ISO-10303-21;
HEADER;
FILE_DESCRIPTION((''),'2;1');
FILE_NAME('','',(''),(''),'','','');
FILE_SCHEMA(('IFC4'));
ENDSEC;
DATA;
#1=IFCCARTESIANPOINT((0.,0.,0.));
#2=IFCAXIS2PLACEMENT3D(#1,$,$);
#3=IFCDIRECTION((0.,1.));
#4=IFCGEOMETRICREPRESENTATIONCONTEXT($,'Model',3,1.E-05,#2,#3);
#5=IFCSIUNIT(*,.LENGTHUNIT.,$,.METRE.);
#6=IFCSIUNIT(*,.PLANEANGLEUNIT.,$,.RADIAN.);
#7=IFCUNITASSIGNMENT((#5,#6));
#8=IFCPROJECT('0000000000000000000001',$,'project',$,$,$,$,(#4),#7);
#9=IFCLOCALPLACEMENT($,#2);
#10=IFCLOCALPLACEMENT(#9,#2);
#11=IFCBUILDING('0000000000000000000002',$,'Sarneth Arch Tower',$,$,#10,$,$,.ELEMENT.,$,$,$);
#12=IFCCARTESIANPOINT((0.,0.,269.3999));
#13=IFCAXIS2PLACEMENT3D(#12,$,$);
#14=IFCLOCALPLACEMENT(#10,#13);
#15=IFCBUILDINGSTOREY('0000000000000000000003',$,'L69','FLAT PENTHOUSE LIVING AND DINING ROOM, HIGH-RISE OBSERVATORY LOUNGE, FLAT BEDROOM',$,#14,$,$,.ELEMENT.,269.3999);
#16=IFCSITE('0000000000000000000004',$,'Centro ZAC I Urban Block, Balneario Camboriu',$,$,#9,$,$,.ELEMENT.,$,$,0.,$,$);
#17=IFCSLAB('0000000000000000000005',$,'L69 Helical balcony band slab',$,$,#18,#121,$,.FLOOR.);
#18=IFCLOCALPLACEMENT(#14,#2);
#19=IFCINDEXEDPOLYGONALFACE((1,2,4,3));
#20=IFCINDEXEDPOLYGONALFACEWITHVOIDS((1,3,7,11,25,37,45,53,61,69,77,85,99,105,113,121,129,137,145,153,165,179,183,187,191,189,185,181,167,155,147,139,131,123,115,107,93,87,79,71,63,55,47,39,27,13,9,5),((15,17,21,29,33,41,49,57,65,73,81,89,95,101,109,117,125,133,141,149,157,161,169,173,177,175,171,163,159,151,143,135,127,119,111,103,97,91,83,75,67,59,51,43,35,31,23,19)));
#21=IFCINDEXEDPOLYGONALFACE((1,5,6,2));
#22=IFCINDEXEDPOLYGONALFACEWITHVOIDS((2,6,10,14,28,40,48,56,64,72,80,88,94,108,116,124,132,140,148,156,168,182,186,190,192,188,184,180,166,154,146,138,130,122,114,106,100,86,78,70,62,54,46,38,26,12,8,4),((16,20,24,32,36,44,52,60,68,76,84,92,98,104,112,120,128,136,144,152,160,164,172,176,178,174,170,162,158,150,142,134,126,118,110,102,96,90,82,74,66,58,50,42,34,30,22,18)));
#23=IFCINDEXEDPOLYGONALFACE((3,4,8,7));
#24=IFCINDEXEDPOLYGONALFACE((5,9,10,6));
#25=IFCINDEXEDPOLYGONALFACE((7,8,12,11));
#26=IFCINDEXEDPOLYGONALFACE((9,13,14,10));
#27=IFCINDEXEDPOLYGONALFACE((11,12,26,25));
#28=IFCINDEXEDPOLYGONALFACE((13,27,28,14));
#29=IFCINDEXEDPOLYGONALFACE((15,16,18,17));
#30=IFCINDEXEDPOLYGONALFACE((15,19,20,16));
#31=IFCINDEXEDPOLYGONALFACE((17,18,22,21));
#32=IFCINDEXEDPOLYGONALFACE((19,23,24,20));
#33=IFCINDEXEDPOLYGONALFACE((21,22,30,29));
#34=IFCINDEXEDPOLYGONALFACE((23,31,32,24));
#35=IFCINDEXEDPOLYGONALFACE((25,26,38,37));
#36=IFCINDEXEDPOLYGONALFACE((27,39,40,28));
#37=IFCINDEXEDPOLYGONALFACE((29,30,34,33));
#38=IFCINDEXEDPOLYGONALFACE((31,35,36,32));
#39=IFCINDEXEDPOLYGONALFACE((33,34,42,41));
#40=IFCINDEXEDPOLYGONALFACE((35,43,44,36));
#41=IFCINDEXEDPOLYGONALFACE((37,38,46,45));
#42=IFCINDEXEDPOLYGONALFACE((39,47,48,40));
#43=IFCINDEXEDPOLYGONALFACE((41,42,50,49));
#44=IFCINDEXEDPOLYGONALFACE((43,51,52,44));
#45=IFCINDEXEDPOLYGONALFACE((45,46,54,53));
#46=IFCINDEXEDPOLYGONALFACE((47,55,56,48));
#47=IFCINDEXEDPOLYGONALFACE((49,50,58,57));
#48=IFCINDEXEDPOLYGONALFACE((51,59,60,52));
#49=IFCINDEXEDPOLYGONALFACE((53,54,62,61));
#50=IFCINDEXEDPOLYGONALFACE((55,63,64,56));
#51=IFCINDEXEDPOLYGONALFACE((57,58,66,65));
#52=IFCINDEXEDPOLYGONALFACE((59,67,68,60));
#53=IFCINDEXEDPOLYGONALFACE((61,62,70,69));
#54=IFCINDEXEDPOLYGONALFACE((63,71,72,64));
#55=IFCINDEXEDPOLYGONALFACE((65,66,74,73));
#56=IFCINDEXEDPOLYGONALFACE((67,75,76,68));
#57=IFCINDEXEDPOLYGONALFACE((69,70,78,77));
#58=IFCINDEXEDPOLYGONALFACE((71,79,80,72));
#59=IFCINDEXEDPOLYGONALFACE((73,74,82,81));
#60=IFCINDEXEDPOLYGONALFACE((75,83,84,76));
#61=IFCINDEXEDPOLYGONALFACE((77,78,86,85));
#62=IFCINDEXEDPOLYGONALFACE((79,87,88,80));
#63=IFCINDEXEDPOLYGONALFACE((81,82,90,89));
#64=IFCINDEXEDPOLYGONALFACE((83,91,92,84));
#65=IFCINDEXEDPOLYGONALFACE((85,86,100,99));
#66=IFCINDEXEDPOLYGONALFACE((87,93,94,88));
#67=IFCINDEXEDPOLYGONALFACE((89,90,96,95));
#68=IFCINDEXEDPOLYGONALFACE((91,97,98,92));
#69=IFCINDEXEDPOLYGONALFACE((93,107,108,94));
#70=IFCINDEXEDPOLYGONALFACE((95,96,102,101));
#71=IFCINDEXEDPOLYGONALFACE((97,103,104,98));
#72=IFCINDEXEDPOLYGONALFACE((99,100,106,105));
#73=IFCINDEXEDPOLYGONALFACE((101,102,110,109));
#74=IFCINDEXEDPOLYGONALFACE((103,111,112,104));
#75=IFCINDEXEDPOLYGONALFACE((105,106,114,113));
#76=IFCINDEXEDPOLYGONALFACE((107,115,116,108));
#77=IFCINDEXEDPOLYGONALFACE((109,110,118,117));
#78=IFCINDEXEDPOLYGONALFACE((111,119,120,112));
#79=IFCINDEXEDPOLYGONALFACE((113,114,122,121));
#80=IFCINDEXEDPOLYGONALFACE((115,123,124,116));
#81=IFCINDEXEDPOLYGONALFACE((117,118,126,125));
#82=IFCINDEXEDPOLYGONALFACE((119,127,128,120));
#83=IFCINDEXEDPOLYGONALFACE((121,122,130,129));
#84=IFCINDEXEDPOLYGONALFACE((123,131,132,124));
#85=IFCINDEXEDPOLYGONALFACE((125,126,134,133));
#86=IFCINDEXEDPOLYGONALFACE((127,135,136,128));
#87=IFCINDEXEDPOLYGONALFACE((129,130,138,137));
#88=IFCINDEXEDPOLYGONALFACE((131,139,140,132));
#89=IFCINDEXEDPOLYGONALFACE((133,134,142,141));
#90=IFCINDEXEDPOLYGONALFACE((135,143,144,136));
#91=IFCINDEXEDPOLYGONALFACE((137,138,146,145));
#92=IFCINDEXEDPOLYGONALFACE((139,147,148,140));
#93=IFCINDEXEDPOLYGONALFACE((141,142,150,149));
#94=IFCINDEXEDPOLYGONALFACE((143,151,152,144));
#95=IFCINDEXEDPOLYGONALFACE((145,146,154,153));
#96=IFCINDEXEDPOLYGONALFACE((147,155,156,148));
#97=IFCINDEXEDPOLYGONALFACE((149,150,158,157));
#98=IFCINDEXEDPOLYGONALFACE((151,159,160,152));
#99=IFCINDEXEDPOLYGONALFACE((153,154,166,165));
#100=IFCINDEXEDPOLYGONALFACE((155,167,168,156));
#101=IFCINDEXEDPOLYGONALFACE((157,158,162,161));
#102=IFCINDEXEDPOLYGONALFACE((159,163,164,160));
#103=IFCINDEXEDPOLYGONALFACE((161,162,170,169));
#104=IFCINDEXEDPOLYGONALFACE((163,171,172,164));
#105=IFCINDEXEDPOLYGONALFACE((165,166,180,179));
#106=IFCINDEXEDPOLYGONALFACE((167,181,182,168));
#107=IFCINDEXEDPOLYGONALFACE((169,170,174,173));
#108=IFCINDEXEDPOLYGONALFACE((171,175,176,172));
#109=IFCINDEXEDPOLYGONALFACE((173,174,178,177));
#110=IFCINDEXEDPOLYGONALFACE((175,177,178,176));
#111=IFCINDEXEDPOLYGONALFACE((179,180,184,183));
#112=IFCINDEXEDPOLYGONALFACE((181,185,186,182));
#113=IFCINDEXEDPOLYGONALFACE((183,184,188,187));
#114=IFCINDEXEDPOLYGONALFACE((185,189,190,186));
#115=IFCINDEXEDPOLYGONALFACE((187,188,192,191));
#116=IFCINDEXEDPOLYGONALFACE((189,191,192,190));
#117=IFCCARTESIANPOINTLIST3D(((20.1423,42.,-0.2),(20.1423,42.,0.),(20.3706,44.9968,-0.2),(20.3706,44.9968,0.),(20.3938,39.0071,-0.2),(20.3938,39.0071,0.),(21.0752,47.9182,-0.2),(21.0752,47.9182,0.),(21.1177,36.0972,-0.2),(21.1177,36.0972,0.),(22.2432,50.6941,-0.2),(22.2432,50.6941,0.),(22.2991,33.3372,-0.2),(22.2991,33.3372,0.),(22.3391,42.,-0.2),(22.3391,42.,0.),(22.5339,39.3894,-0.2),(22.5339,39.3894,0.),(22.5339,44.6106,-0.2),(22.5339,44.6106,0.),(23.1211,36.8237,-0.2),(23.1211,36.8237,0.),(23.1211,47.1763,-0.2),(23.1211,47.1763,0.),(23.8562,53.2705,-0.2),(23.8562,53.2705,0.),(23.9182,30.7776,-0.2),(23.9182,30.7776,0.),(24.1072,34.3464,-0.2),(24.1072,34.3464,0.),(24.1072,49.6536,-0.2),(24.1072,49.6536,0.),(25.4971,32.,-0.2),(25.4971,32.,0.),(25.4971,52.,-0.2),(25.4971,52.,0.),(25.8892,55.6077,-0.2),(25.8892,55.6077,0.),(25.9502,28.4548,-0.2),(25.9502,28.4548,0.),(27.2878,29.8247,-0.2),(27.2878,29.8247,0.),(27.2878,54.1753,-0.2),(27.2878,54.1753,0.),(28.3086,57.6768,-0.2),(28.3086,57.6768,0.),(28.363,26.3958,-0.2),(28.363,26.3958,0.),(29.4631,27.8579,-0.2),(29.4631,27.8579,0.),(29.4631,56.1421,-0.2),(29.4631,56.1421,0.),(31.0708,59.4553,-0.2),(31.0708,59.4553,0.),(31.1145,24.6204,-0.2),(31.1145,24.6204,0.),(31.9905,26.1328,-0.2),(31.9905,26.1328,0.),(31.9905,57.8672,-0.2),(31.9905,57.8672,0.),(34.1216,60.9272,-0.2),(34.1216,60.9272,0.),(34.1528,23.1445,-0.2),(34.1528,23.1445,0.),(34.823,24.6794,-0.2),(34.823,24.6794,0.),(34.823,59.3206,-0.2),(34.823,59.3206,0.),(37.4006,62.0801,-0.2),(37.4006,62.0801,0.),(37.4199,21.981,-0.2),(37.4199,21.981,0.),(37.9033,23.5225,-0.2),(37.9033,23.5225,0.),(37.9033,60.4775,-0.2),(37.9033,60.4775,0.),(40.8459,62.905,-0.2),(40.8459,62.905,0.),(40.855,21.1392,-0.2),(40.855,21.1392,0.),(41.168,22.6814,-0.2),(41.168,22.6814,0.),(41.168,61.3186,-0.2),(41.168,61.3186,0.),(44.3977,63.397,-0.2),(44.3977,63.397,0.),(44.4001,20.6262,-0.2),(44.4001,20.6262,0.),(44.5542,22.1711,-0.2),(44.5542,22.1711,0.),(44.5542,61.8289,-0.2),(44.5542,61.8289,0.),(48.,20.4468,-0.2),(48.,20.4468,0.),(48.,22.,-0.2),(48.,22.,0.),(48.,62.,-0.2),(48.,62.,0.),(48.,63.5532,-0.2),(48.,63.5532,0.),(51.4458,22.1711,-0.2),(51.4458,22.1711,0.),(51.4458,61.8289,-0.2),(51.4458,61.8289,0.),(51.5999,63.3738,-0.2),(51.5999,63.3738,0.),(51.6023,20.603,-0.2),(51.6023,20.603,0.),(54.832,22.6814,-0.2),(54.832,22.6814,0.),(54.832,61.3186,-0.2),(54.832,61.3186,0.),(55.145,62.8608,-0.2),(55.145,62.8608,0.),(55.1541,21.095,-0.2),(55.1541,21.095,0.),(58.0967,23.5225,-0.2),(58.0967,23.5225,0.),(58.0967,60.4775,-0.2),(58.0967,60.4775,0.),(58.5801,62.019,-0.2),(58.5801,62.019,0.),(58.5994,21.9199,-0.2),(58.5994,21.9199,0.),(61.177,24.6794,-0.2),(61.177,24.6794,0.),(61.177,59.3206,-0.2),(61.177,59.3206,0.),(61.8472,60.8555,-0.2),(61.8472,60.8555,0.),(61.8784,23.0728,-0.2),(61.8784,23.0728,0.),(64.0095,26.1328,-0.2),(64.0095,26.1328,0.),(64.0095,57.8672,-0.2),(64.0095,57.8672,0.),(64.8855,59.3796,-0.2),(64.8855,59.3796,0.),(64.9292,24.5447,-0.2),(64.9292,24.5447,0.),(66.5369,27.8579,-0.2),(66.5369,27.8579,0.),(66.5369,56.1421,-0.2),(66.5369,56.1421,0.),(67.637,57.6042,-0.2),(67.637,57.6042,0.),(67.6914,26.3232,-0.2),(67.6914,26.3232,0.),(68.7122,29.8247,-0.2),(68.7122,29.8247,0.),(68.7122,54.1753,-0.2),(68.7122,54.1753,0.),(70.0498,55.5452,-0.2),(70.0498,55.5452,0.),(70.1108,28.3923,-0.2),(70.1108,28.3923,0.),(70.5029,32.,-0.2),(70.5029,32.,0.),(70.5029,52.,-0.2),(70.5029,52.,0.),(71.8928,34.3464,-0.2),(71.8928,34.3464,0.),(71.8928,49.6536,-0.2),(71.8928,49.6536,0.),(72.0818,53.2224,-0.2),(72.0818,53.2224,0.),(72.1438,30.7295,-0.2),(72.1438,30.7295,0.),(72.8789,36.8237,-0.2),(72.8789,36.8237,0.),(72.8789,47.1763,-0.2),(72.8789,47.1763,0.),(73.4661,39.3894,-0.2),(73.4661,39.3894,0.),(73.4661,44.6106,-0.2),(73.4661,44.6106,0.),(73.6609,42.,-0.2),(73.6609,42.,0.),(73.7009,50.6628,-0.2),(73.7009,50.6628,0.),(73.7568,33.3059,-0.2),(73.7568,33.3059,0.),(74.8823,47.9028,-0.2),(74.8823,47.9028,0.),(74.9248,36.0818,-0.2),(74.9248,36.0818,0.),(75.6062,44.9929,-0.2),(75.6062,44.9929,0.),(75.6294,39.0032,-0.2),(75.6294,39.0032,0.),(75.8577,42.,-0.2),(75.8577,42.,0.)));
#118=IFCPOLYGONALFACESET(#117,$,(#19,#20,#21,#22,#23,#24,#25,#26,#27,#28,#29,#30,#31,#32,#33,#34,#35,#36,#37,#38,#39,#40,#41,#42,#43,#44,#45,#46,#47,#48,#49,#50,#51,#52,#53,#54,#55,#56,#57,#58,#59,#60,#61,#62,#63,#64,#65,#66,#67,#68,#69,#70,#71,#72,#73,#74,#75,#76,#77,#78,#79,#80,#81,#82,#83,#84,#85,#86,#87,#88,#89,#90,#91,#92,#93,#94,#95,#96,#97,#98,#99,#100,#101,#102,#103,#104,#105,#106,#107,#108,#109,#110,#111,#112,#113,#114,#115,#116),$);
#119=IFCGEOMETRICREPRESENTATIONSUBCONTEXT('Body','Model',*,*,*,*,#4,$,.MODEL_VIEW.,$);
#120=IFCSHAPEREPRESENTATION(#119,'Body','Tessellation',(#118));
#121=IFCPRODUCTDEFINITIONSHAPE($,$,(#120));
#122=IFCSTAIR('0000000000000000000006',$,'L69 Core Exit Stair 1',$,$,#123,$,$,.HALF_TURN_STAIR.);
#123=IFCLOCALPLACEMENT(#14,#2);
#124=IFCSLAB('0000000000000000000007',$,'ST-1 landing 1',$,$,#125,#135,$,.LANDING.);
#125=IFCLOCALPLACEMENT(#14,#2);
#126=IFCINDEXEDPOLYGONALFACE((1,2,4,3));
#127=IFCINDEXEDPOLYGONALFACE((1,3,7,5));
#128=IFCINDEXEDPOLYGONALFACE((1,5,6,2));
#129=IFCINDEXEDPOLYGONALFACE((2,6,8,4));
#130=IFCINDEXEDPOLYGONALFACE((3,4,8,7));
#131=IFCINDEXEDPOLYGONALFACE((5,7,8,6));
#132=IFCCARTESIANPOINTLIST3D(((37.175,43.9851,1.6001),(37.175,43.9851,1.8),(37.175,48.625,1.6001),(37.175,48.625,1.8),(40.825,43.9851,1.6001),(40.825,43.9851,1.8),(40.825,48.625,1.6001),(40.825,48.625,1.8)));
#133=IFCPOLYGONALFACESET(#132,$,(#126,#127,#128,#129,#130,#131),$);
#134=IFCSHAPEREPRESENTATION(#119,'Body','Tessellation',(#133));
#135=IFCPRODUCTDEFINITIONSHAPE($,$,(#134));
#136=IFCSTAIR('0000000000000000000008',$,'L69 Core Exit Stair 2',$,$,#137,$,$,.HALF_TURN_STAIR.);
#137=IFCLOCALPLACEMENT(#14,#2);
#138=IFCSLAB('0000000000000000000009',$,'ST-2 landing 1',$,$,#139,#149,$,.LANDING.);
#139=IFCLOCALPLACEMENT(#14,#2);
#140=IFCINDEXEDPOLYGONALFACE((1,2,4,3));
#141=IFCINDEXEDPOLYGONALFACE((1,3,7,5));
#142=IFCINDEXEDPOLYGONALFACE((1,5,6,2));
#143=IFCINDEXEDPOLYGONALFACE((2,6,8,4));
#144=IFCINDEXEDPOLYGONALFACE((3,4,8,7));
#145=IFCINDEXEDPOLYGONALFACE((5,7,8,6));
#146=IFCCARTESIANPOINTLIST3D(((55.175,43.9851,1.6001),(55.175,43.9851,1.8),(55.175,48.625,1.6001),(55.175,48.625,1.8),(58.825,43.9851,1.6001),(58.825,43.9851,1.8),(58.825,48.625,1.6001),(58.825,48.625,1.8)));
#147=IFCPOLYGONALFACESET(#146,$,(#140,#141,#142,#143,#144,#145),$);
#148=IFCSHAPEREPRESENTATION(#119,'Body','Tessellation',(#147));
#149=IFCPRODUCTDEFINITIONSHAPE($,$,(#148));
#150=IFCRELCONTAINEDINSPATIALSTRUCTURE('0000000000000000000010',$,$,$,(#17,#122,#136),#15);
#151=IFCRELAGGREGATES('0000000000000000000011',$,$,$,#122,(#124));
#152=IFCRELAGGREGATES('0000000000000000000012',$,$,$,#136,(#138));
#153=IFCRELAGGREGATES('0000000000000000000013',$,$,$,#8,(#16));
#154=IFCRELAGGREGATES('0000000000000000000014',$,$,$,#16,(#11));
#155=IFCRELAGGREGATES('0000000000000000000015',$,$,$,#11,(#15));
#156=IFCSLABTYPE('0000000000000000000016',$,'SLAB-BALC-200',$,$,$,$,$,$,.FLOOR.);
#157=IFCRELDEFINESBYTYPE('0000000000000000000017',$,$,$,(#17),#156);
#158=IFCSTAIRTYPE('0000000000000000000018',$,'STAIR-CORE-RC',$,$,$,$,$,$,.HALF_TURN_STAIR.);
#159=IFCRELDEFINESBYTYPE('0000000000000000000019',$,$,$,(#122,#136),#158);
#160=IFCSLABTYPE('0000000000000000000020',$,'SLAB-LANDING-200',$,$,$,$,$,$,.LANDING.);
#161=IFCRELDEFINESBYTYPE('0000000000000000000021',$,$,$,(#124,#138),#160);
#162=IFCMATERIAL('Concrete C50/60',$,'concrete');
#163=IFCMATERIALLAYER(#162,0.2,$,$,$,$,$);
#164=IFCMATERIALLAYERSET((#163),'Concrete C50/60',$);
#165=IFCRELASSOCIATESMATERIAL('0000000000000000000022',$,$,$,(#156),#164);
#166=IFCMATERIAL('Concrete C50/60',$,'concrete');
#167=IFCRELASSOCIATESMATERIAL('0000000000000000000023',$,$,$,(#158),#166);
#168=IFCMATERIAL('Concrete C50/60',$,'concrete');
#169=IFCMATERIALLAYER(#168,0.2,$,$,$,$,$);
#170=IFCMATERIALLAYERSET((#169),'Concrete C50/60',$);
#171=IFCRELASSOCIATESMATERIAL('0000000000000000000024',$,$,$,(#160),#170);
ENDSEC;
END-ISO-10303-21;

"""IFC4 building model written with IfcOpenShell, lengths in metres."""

from ifc_helpers import new_model, si_unit, direction, frame, origin, place, context, subcontext, project, spatial, polyline, outline, extrude, material, layer, layer_set, type_object, element, aggregate, save


model = new_model("IFC4")

# Units and contexts
model_context = context("Model", 3, precision=1e-05, world=origin(), true_north=direction((0.0, 1.0)))
body_context = subcontext(model_context, "Body", "Model", "MODEL_VIEW")
ifc_project = project(units=[si_unit("LENGTHUNIT", "METRE"), si_unit("PLANEANGLEUNIT", "RADIAN")], contexts=[model_context])

# Site, building, storey
site_placement = place(None, origin())
site = spatial("IfcSite", under=ifc_project, at=site_placement, Name="Centro ZAC I Urban Block, Balneario Camboriu", CompositionType="ELEMENT", RefElevation=0.0)
building_placement = place(site_placement, origin())
building = spatial("IfcBuilding", under=site, at=building_placement, Name="Sarneth Arch Tower", CompositionType="ELEMENT")
storey_placement = place(building_placement, frame((0.0, 0.0, 269.3999)))
storey = spatial("IfcBuildingStorey", under=building, at=storey_placement, Name="L69", Description="FLAT PENTHOUSE LIVING AND DINING ROOM, HIGH-RISE OBSERVATORY LOUNGE, FLAT BEDROOM", CompositionType="ELEMENT", Elevation=269.3999)

# Slab
ifc_material_1 = material(Name="Concrete C50/60", Category="concrete")
ifc_layer_1 = layer(ifc_material_1, 0.2)
ifc_layer_set_1 = layer_set([ifc_layer_1], Name="Concrete C50/60")
slab_type_1 = type_object("IfcSlabType", Name="SLAB-BALC-200", PredefinedType="FLOOR", material=ifc_layer_set_1)
slab_1_placement = place(storey_placement, frame((0.0, 0.0, -0.2)))
element("IfcSlab", 1, at=slab_1_placement, inside=storey, type_object=slab_type_1, Name="L69 Helical balcony band slab", PredefinedType="FLOOR", context=body_context, shape_type="SweptSolid", body=[
    extrude(outline(polyline([(75.8577, 42.0), (75.6062, 44.9929), (74.8823, 47.9028), (73.7009, 50.6628), (72.0818, 53.2224), (70.0498, 55.5452), (67.637, 57.6042), (64.8855, 59.3796), (61.8472, 60.8555), (58.5801, 62.019), (55.145, 62.8608), (51.5999, 63.3738), (48.0, 63.5532), (44.3977, 63.397), (40.8459, 62.905), (37.4006, 62.0801), (34.1216, 60.9272), (31.0708, 59.4553), (28.3086, 57.6768), (25.8892, 55.6077), (23.8562, 53.2705), (22.2432, 50.6941), (21.0752, 47.9182), (20.3706, 44.9968), (20.1423, 42.0), (20.3938, 39.0071), (21.1177, 36.0972), (22.2991, 33.3372), (23.9182, 30.7776), (25.9502, 28.4548), (28.363, 26.3958), (31.1145, 24.6204), (34.1528, 23.1445), (37.4199, 21.981), (40.855, 21.1392), (44.4001, 20.6262), (48.0, 20.4468), (51.6023, 20.603), (55.1541, 21.095), (58.5994, 21.9199), (61.8784, 23.0728), (64.9292, 24.5447), (67.6914, 26.3232), (70.1108, 28.3923), (72.1438, 30.7295), (73.7568, 33.3059), (74.9248, 36.0818), (75.6294, 39.0032), (75.8577, 42.0)]), holes=[polyline([(73.6609, 42.0), (73.4661, 44.6106), (72.8789, 47.1763), (71.8928, 49.6536), (70.5029, 52.0), (68.7122, 54.1753), (66.5369, 56.1421), (64.0095, 57.8672), (61.177, 59.3206), (58.0967, 60.4775), (54.832, 61.3186), (51.4458, 61.8289), (48.0, 62.0), (44.5542, 61.8289), (41.168, 61.3186), (37.9033, 60.4775), (34.823, 59.3206), (31.9905, 57.8672), (29.4631, 56.1421), (27.2878, 54.1753), (25.4971, 52.0), (24.1072, 49.6536), (23.1211, 47.1763), (22.5339, 44.6106), (22.3391, 42.0), (22.5339, 39.3894), (23.1211, 36.8237), (24.1072, 34.3464), (25.4971, 32.0), (27.2878, 29.8247), (29.4631, 27.8579), (31.9905, 26.1328), (34.823, 24.6794), (37.9033, 23.5225), (41.168, 22.6814), (44.5542, 22.1711), (48.0, 22.0), (51.4458, 22.1711), (54.832, 22.6814), (58.0967, 23.5225), (61.177, 24.6794), (64.0095, 26.1328), (66.5369, 27.8579), (68.7122, 29.8247), (70.5029, 32.0), (71.8928, 34.3464), (72.8789, 36.8237), (73.4661, 39.3894), (73.6609, 42.0)])]), origin(), (0.0, 0.0, 1.0), 0.2),
])

# Stairs, slabs
ifc_material_2 = material(Name="Concrete C50/60", Category="concrete")
stair_type = type_object("IfcStairType", Name="STAIR-CORE-RC", PredefinedType="HALF_TURN_STAIR", material=ifc_material_2)
stair_1_placement = place(storey_placement, origin())
stair_1 = element("IfcStair", 2, at=stair_1_placement, inside=storey, type_object=stair_type, Name="L69 Core Exit Stair 1", PredefinedType="HALF_TURN_STAIR")
ifc_material_3 = material(Name="Concrete C50/60", Category="concrete")
ifc_layer_2 = layer(ifc_material_3, 0.2)
ifc_layer_set_2 = layer_set([ifc_layer_2], Name="Concrete C50/60")
slab_type_2 = type_object("IfcSlabType", Name="SLAB-LANDING-200", PredefinedType="LANDING", material=ifc_layer_set_2)
slab_2_placement = place(storey_placement, frame((0.0, 0.0, 1.6001)))
slab_2 = element("IfcSlab", 3, at=slab_2_placement, type_object=slab_type_2, Name="ST-1 landing 1", PredefinedType="LANDING", context=body_context, shape_type="SweptSolid", body=[
    extrude(outline(polyline([(37.175, 43.9851), (40.825, 43.9851), (40.825, 48.625), (37.175, 48.625), (37.175, 43.9851)])), origin(), (0.0, 0.0, 1.0), 0.2),
])
aggregate(stair_1, [slab_2])
stair_2_placement = place(storey_placement, origin())
stair_2 = element("IfcStair", 4, at=stair_2_placement, inside=storey, type_object=stair_type, Name="L69 Core Exit Stair 2", PredefinedType="HALF_TURN_STAIR")
slab_3_placement = place(storey_placement, frame((0.0, 0.0, 1.6001)))
slab_3 = element("IfcSlab", 5, at=slab_3_placement, type_object=slab_type_2, Name="ST-2 landing 1", PredefinedType="LANDING", context=body_context, shape_type="SweptSolid", body=[
    extrude(outline(polyline([(55.175, 43.9851), (58.825, 43.9851), (58.825, 48.625), (55.175, 48.625), (55.175, 43.9851)])), origin(), (0.0, 0.0, 1.0), 0.2),
])
aggregate(stair_2, [slab_3])

save(model, "model.ifc")
